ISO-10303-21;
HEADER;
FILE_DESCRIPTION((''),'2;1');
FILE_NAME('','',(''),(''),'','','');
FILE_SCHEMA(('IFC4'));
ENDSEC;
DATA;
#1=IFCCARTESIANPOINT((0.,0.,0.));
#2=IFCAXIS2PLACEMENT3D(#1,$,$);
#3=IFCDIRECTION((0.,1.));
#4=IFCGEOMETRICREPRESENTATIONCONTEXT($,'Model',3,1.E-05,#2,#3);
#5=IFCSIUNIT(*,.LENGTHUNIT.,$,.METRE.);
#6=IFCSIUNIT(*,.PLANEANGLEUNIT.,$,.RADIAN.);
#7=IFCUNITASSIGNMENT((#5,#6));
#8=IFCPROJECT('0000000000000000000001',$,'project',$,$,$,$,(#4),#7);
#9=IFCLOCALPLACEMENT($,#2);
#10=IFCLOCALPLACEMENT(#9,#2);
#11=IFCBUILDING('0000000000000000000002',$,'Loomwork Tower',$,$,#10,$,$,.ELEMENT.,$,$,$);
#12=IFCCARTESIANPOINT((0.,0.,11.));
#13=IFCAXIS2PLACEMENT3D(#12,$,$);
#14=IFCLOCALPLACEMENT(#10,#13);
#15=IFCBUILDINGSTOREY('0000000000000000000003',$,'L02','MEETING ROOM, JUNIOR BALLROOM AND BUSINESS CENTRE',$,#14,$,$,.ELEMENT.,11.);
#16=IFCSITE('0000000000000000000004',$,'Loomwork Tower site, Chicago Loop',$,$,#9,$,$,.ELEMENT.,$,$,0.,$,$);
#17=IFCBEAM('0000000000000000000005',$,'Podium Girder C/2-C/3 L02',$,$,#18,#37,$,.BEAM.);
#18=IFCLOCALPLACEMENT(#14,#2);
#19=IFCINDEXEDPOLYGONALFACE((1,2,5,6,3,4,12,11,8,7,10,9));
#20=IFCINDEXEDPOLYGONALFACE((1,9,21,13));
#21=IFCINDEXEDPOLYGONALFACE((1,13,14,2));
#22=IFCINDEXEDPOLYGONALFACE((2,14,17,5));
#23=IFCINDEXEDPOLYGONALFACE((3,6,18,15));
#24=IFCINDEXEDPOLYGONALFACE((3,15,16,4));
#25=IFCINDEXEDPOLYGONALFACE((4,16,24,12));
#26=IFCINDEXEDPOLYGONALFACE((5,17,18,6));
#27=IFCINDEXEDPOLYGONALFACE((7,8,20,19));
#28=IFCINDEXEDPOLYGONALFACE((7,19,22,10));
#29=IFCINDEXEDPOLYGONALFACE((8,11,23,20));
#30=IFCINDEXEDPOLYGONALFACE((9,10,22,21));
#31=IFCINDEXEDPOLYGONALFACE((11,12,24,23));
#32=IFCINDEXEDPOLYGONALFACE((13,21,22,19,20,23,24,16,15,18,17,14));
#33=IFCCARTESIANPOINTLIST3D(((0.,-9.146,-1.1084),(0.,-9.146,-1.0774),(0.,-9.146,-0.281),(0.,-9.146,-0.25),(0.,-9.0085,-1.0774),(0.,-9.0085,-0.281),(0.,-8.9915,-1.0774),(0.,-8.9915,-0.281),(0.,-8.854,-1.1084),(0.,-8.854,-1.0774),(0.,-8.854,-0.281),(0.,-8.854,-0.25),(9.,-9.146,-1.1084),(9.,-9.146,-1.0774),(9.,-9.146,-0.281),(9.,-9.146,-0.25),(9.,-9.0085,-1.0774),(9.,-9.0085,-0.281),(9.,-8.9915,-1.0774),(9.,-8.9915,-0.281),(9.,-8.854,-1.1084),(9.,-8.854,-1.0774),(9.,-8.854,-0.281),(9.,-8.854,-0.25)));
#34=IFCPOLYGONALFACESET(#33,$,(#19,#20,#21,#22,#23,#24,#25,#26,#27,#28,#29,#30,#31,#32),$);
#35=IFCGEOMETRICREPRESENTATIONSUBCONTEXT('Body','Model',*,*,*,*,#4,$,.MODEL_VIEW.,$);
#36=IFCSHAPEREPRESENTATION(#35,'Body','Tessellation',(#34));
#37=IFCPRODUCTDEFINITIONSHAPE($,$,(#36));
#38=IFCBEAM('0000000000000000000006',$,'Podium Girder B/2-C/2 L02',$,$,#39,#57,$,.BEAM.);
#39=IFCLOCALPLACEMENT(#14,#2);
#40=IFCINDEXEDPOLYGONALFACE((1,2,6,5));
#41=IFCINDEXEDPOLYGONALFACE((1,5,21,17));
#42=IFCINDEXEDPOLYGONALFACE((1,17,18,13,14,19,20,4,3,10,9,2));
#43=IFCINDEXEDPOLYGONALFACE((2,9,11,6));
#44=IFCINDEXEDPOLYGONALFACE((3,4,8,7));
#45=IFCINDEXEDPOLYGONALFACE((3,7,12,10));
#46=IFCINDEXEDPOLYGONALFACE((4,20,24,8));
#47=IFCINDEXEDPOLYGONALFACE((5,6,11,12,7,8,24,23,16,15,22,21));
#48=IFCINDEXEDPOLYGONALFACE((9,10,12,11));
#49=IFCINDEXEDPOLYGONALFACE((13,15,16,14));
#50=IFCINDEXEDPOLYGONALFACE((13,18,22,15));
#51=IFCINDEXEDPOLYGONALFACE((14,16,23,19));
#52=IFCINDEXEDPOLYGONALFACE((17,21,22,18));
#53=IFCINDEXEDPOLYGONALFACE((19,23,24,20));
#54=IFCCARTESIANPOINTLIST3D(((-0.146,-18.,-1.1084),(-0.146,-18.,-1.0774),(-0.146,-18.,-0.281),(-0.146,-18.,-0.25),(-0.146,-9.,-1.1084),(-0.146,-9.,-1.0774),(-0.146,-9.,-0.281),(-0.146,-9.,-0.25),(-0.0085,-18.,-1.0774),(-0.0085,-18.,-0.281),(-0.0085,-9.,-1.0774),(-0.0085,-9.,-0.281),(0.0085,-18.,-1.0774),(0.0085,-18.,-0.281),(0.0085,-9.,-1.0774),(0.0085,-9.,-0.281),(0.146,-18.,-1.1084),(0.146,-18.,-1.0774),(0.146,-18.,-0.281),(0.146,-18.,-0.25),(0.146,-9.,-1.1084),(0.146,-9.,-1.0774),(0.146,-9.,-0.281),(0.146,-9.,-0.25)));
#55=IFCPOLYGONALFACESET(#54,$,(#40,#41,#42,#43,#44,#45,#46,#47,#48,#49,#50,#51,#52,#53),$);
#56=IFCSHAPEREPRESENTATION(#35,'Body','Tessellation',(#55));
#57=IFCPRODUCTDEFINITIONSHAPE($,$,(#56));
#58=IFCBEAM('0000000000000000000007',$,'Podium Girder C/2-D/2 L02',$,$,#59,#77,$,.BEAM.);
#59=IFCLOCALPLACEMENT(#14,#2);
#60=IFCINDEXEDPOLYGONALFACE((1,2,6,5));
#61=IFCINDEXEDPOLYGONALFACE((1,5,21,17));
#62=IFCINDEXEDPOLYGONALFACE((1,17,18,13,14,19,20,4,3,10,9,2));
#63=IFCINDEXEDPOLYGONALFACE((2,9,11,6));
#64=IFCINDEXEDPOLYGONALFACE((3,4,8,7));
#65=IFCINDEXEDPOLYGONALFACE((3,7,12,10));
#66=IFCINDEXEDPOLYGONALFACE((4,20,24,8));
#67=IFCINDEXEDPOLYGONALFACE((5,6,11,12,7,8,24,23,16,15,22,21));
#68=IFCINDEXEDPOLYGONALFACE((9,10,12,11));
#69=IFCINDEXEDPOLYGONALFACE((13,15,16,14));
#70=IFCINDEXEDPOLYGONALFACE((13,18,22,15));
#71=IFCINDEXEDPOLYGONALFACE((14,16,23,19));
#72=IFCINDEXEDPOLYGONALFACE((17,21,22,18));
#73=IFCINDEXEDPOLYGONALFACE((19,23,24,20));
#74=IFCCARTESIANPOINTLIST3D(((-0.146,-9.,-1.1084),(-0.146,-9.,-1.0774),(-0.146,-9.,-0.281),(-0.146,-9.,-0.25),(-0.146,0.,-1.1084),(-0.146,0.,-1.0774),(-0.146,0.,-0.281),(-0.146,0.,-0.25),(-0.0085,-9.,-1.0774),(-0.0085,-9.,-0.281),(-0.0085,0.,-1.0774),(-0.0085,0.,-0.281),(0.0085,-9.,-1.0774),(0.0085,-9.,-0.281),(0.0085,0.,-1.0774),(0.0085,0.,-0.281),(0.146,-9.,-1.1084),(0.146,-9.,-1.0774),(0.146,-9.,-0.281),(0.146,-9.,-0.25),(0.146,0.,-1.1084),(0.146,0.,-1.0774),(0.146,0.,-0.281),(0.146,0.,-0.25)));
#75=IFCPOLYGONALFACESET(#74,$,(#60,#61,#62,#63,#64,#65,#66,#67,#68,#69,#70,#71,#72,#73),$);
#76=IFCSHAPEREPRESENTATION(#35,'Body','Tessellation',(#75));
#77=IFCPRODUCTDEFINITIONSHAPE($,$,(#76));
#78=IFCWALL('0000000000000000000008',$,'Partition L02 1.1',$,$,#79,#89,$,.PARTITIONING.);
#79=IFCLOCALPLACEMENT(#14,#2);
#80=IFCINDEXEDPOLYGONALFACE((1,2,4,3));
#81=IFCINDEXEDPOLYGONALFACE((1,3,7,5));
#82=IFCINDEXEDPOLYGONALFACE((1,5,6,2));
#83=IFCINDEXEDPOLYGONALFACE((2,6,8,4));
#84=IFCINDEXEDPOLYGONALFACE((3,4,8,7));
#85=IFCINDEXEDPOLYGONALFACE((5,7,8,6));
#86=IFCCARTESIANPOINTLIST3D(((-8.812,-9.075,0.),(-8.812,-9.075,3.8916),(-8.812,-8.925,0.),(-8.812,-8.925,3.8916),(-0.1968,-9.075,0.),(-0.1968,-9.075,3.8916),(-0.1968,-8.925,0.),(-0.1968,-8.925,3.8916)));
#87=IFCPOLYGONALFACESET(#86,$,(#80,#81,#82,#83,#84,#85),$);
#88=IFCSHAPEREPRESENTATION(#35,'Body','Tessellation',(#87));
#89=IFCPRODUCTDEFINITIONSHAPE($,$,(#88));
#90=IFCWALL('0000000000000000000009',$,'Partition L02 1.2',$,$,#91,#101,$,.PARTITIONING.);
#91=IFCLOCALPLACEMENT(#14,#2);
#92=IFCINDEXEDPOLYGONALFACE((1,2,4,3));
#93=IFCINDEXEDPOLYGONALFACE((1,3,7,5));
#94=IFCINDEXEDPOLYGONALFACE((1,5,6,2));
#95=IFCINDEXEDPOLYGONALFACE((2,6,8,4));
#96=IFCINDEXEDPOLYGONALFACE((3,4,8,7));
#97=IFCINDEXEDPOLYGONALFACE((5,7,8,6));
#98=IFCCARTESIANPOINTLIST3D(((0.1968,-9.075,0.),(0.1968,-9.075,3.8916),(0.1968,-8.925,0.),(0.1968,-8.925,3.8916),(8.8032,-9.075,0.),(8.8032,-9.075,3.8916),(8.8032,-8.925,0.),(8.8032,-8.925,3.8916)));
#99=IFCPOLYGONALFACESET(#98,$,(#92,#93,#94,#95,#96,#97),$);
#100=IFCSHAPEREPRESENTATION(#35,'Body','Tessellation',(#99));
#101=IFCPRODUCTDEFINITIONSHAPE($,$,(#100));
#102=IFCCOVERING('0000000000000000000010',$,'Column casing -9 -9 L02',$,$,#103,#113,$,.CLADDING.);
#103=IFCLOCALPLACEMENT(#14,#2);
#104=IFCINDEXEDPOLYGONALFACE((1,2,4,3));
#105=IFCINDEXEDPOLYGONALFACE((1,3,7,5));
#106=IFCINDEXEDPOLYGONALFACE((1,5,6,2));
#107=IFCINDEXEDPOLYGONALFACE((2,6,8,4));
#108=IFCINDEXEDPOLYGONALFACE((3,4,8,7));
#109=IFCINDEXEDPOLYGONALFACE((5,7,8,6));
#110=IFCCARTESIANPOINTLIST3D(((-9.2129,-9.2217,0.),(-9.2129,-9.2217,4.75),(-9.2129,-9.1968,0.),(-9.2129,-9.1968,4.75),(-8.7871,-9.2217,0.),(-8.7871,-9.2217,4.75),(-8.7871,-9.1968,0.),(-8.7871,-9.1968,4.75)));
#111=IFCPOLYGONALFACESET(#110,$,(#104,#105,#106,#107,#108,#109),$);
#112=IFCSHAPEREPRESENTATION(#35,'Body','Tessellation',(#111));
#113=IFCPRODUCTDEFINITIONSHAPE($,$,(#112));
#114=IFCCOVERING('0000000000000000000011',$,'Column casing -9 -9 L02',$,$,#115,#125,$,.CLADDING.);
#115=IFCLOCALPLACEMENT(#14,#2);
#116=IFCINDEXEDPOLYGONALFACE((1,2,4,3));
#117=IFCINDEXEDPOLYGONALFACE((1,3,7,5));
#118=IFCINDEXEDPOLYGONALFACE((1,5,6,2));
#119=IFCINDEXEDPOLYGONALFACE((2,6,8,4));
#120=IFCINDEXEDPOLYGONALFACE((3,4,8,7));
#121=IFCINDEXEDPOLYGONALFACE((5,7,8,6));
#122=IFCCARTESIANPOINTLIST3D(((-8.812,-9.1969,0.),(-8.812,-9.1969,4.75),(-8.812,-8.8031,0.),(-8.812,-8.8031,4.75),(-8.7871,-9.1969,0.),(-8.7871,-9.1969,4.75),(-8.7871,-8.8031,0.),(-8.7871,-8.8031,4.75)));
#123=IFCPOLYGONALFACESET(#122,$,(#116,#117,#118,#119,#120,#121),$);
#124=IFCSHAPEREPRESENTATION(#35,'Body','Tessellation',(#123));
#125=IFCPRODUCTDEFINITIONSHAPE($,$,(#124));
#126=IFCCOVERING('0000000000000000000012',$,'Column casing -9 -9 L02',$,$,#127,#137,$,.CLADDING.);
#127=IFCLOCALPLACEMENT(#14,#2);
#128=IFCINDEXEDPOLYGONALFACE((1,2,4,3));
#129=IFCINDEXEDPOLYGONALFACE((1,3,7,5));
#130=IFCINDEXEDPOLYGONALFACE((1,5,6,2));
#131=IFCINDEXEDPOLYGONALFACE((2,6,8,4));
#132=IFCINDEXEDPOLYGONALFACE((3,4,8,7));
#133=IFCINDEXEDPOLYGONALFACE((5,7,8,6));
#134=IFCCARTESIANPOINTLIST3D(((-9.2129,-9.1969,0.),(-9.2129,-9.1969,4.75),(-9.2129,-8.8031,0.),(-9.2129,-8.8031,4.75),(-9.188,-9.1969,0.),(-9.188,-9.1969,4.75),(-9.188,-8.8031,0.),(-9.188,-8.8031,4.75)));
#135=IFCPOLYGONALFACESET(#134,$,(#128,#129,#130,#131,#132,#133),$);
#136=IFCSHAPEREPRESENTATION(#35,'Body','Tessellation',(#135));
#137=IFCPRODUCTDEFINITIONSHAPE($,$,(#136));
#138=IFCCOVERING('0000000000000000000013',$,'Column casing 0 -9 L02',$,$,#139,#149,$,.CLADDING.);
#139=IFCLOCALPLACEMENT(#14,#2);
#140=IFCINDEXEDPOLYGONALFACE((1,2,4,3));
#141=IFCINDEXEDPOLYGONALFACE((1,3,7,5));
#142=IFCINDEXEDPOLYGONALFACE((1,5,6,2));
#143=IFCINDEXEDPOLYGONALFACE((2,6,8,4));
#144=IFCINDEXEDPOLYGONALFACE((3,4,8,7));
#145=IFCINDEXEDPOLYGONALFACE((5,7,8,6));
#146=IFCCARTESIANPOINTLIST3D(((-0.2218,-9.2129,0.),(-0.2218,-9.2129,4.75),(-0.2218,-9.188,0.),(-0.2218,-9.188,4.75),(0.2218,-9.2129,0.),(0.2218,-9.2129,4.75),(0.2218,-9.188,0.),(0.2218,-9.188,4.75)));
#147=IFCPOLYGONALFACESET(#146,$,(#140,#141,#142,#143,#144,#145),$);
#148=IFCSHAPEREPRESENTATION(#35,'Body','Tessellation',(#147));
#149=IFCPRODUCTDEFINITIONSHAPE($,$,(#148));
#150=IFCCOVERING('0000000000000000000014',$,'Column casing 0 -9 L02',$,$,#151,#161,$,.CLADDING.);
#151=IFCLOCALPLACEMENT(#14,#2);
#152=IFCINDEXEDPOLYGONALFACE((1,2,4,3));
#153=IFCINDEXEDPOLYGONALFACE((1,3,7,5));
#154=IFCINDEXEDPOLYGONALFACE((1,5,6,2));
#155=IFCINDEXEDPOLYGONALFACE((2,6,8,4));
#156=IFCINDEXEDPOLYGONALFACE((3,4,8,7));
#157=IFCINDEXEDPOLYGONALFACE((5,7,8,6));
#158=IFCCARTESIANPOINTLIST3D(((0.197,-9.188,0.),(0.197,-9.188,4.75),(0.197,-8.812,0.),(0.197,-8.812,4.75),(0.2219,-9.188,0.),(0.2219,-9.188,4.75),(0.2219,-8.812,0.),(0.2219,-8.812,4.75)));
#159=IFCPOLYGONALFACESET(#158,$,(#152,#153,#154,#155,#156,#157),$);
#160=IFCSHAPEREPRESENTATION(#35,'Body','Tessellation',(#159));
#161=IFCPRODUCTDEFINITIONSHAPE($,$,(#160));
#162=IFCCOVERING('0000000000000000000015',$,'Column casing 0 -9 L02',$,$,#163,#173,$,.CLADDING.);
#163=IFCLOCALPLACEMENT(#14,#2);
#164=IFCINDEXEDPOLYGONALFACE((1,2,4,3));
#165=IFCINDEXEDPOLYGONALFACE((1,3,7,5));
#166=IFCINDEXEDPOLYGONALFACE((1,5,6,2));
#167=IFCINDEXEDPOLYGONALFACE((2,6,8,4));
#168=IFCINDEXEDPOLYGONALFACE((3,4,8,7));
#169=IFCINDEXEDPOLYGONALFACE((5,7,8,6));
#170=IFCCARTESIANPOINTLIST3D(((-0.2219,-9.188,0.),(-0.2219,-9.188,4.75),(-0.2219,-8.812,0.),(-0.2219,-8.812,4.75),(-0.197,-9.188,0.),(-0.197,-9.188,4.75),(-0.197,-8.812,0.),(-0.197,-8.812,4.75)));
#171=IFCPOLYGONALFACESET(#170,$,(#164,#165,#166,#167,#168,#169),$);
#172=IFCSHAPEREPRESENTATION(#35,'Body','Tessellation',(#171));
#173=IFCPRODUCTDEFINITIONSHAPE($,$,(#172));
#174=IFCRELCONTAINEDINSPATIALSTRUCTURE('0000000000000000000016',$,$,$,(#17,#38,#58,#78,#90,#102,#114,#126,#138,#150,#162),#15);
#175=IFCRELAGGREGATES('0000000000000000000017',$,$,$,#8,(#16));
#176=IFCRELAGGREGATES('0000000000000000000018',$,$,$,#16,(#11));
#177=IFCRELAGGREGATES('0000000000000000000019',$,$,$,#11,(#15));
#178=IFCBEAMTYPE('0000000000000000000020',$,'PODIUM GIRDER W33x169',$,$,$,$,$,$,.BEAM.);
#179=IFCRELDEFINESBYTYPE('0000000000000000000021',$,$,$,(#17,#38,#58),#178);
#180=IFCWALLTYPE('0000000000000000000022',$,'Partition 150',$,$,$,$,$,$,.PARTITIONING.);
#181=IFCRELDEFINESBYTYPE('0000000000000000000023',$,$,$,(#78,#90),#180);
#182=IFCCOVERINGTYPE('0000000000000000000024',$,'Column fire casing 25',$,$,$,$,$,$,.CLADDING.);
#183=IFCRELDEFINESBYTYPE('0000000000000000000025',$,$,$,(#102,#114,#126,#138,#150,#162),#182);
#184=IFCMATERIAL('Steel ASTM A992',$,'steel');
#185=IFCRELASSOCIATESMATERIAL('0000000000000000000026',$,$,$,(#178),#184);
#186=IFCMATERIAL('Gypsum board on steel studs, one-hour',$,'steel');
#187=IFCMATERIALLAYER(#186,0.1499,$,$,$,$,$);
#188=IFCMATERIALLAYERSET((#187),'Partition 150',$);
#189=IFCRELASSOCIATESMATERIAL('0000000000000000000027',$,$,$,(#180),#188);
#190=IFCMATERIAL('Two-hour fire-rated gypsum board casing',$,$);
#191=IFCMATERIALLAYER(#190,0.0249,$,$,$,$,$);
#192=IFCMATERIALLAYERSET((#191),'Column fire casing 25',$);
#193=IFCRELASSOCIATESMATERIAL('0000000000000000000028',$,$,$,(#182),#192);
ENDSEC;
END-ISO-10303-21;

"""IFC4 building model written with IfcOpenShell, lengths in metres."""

from ifc_helpers import new_model, si_unit, direction, frame, frame_2d, origin, origin_2d, place, context, subcontext, project, spatial, rectangle, i_section, extrude, material, layer, layer_set, material_profile, profile_set, type_object, element, save


model = new_model("IFC4")

# Units and contexts
model_context = context("Model", 3, precision=1e-05, world=origin(), true_north=direction((0.0, 1.0)))
body_context = subcontext(model_context, "Body", "Model", "MODEL_VIEW")
ifc_project = project(units=[si_unit("LENGTHUNIT", "METRE"), si_unit("PLANEANGLEUNIT", "RADIAN")], contexts=[model_context])

# Site, building, storey
site_placement = place(None, origin())
site = spatial("IfcSite", under=ifc_project, at=site_placement, Name="Loomwork Tower site, Chicago Loop", CompositionType="ELEMENT", RefElevation=0.0)
building_placement = place(site_placement, origin())
building = spatial("IfcBuilding", under=site, at=building_placement, Name="Loomwork Tower", CompositionType="ELEMENT")
storey_placement = place(building_placement, frame((0.0, 0.0, 11.0)))
storey = spatial("IfcBuildingStorey", under=building, at=storey_placement, Name="L02", Description="MEETING ROOM, JUNIOR BALLROOM AND BUSINESS CENTRE", CompositionType="ELEMENT", Elevation=11.0)

# Beams
ifc_material_1 = material(Name="Steel ASTM A992", Category="steel")
ifc_material_profile_1 = material_profile(ifc_material_1, i_section(OverallWidth=0.292, OverallDepth=0.8584, WebThickness=0.0171, FlangeThickness=0.031, at=origin_2d()), Name="W33x169")
ifc_profile_set_1 = profile_set([ifc_material_profile_1], Name="Steel ASTM A992")
beam_type_1 = type_object("IfcBeamType", Name="PODIUM GIRDER W33x169", PredefinedType="BEAM", material=ifc_profile_set_1)
for number, where, z_axis, x_axis, name in (
    (1, (0.0, -9.0, -0.6792), (1.0, 0.0, 0.0), (0.0, 1.0, 0.0), "Podium Girder C/2-C/3 L02"),
    (2, (0.0, -18.0, -0.6792), (0.0, 1.0, 0.0), (-1.0, 0.0, 0.0), "Podium Girder B/2-C/2 L02"),
    (3, (0.0, -9.0, -0.6792), (0.0, 1.0, 0.0), (-1.0, 0.0, 0.0), "Podium Girder C/2-D/2 L02"),
):
    element("IfcBeam", number, at=place(storey_placement, frame(where, z_axis=z_axis, x_axis=x_axis)), inside=storey, type_object=beam_type_1, Name=name, PredefinedType="BEAM", context=body_context, shape_type="SweptSolid", body=[
        extrude(i_section(OverallWidth=0.292, OverallDepth=0.8584, WebThickness=0.0171, FlangeThickness=0.031, at=origin_2d()), origin(), (0.0, 0.0, 1.0), 9.0),
    ])

# Walls
ifc_material_2 = material(Name="Gypsum board on steel studs, one-hour", Category="steel")
ifc_layer_1 = layer(ifc_material_2, 0.1499)
ifc_layer_set_1 = layer_set([ifc_layer_1], Name="Partition 150")
wall_type = type_object("IfcWallType", Name="Partition 150", PredefinedType="PARTITIONING", material=ifc_layer_set_1)
wall_1_placement = place(storey_placement, frame((-8.812, -9.0, 0.0), z_axis=(0.0, 0.0, 1.0), x_axis=(1.0, 0.0, 0.0)))
element("IfcWall", 4, at=wall_1_placement, inside=storey, type_object=wall_type, Name="Partition L02 1.1", PredefinedType="PARTITIONING", context=body_context, shape_type="SweptSolid", body=[
    extrude(rectangle(XDim=8.6152, YDim=0.1499, at=frame_2d((4.3076, 0.0))), origin(), (0.0, 0.0, 1.0), 3.8916),
])
wall_2_placement = place(storey_placement, frame((0.1968, -9.0, 0.0), z_axis=(0.0, 0.0, 1.0), x_axis=(1.0, 0.0, 0.0)))
element("IfcWall", 5, at=wall_2_placement, inside=storey, type_object=wall_type, Name="Partition L02 1.2", PredefinedType="PARTITIONING", context=body_context, shape_type="SweptSolid", body=[
    extrude(rectangle(XDim=8.6064, YDim=0.1499, at=frame_2d((4.3032, 0.0))), origin(), (0.0, 0.0, 1.0), 3.8916),
])

# Coverings
ifc_material_3 = material(Name="Two-hour fire-rated gypsum board casing")
ifc_layer_2 = layer(ifc_material_3, 0.0249)
ifc_layer_set_2 = layer_set([ifc_layer_2], Name="Column fire casing 25")
covering_type = type_object("IfcCoveringType", Name="Column fire casing 25", PredefinedType="CLADDING", material=ifc_layer_set_2)
covering_1_placement = place(storey_placement, frame((-9.0, -9.2092, 0.0), z_axis=(0.0, 0.0, 1.0), x_axis=(1.0, 0.0, 0.0)))
element("IfcCovering", 6, at=covering_1_placement, inside=storey, type_object=covering_type, Name="Column casing -9 -9 L02", PredefinedType="CLADDING", context=body_context, shape_type="SweptSolid", body=[
    extrude(rectangle(XDim=0.4258, YDim=0.0249, at=origin_2d()), origin(), (0.0, 0.0, 1.0), 4.75),
])
for number, where, z_axis, x_axis, name in (
    (7, (-8.7996, -9.0, 0.0), (0.0, 0.0, 1.0), (1.0, 0.0, 0.0), "Column casing -9 -9 L02"),
    (8, (-9.2004, -9.0, 0.0), (0.0, 0.0, 1.0), (1.0, 0.0, 0.0), "Column casing -9 -9 L02"),
):
    element("IfcCovering", number, at=place(storey_placement, frame(where, z_axis=z_axis, x_axis=x_axis)), inside=storey, type_object=covering_type, Name=name, PredefinedType="CLADDING", context=body_context, shape_type="SweptSolid", body=[
        extrude(rectangle(XDim=0.0249, YDim=0.3938, at=origin_2d()), origin(), (0.0, 0.0, 1.0), 4.75),
    ])
covering_2_placement = place(storey_placement, frame((0.0, -9.2004, 0.0), z_axis=(0.0, 0.0, 1.0), x_axis=(1.0, 0.0, 0.0)))
element("IfcCovering", 9, at=covering_2_placement, inside=storey, type_object=covering_type, Name="Column casing 0 -9 L02", PredefinedType="CLADDING", context=body_context, shape_type="SweptSolid", body=[
    extrude(rectangle(XDim=0.4436, YDim=0.0249, at=origin_2d()), origin(), (0.0, 0.0, 1.0), 4.75),
])
for number, where, z_axis, x_axis, name in (
    (10, (0.2095, -9.0, 0.0), (0.0, 0.0, 1.0), (1.0, 0.0, 0.0), "Column casing 0 -9 L02"),
    (11, (-0.2095, -9.0, 0.0), (0.0, 0.0, 1.0), (1.0, 0.0, 0.0), "Column casing 0 -9 L02"),
):
    element("IfcCovering", number, at=place(storey_placement, frame(where, z_axis=z_axis, x_axis=x_axis)), inside=storey, type_object=covering_type, Name=name, PredefinedType="CLADDING", context=body_context, shape_type="SweptSolid", body=[
        extrude(rectangle(XDim=0.0249, YDim=0.376, at=origin_2d()), origin(), (0.0, 0.0, 1.0), 4.75),
    ])

save(model, "model.ifc")
